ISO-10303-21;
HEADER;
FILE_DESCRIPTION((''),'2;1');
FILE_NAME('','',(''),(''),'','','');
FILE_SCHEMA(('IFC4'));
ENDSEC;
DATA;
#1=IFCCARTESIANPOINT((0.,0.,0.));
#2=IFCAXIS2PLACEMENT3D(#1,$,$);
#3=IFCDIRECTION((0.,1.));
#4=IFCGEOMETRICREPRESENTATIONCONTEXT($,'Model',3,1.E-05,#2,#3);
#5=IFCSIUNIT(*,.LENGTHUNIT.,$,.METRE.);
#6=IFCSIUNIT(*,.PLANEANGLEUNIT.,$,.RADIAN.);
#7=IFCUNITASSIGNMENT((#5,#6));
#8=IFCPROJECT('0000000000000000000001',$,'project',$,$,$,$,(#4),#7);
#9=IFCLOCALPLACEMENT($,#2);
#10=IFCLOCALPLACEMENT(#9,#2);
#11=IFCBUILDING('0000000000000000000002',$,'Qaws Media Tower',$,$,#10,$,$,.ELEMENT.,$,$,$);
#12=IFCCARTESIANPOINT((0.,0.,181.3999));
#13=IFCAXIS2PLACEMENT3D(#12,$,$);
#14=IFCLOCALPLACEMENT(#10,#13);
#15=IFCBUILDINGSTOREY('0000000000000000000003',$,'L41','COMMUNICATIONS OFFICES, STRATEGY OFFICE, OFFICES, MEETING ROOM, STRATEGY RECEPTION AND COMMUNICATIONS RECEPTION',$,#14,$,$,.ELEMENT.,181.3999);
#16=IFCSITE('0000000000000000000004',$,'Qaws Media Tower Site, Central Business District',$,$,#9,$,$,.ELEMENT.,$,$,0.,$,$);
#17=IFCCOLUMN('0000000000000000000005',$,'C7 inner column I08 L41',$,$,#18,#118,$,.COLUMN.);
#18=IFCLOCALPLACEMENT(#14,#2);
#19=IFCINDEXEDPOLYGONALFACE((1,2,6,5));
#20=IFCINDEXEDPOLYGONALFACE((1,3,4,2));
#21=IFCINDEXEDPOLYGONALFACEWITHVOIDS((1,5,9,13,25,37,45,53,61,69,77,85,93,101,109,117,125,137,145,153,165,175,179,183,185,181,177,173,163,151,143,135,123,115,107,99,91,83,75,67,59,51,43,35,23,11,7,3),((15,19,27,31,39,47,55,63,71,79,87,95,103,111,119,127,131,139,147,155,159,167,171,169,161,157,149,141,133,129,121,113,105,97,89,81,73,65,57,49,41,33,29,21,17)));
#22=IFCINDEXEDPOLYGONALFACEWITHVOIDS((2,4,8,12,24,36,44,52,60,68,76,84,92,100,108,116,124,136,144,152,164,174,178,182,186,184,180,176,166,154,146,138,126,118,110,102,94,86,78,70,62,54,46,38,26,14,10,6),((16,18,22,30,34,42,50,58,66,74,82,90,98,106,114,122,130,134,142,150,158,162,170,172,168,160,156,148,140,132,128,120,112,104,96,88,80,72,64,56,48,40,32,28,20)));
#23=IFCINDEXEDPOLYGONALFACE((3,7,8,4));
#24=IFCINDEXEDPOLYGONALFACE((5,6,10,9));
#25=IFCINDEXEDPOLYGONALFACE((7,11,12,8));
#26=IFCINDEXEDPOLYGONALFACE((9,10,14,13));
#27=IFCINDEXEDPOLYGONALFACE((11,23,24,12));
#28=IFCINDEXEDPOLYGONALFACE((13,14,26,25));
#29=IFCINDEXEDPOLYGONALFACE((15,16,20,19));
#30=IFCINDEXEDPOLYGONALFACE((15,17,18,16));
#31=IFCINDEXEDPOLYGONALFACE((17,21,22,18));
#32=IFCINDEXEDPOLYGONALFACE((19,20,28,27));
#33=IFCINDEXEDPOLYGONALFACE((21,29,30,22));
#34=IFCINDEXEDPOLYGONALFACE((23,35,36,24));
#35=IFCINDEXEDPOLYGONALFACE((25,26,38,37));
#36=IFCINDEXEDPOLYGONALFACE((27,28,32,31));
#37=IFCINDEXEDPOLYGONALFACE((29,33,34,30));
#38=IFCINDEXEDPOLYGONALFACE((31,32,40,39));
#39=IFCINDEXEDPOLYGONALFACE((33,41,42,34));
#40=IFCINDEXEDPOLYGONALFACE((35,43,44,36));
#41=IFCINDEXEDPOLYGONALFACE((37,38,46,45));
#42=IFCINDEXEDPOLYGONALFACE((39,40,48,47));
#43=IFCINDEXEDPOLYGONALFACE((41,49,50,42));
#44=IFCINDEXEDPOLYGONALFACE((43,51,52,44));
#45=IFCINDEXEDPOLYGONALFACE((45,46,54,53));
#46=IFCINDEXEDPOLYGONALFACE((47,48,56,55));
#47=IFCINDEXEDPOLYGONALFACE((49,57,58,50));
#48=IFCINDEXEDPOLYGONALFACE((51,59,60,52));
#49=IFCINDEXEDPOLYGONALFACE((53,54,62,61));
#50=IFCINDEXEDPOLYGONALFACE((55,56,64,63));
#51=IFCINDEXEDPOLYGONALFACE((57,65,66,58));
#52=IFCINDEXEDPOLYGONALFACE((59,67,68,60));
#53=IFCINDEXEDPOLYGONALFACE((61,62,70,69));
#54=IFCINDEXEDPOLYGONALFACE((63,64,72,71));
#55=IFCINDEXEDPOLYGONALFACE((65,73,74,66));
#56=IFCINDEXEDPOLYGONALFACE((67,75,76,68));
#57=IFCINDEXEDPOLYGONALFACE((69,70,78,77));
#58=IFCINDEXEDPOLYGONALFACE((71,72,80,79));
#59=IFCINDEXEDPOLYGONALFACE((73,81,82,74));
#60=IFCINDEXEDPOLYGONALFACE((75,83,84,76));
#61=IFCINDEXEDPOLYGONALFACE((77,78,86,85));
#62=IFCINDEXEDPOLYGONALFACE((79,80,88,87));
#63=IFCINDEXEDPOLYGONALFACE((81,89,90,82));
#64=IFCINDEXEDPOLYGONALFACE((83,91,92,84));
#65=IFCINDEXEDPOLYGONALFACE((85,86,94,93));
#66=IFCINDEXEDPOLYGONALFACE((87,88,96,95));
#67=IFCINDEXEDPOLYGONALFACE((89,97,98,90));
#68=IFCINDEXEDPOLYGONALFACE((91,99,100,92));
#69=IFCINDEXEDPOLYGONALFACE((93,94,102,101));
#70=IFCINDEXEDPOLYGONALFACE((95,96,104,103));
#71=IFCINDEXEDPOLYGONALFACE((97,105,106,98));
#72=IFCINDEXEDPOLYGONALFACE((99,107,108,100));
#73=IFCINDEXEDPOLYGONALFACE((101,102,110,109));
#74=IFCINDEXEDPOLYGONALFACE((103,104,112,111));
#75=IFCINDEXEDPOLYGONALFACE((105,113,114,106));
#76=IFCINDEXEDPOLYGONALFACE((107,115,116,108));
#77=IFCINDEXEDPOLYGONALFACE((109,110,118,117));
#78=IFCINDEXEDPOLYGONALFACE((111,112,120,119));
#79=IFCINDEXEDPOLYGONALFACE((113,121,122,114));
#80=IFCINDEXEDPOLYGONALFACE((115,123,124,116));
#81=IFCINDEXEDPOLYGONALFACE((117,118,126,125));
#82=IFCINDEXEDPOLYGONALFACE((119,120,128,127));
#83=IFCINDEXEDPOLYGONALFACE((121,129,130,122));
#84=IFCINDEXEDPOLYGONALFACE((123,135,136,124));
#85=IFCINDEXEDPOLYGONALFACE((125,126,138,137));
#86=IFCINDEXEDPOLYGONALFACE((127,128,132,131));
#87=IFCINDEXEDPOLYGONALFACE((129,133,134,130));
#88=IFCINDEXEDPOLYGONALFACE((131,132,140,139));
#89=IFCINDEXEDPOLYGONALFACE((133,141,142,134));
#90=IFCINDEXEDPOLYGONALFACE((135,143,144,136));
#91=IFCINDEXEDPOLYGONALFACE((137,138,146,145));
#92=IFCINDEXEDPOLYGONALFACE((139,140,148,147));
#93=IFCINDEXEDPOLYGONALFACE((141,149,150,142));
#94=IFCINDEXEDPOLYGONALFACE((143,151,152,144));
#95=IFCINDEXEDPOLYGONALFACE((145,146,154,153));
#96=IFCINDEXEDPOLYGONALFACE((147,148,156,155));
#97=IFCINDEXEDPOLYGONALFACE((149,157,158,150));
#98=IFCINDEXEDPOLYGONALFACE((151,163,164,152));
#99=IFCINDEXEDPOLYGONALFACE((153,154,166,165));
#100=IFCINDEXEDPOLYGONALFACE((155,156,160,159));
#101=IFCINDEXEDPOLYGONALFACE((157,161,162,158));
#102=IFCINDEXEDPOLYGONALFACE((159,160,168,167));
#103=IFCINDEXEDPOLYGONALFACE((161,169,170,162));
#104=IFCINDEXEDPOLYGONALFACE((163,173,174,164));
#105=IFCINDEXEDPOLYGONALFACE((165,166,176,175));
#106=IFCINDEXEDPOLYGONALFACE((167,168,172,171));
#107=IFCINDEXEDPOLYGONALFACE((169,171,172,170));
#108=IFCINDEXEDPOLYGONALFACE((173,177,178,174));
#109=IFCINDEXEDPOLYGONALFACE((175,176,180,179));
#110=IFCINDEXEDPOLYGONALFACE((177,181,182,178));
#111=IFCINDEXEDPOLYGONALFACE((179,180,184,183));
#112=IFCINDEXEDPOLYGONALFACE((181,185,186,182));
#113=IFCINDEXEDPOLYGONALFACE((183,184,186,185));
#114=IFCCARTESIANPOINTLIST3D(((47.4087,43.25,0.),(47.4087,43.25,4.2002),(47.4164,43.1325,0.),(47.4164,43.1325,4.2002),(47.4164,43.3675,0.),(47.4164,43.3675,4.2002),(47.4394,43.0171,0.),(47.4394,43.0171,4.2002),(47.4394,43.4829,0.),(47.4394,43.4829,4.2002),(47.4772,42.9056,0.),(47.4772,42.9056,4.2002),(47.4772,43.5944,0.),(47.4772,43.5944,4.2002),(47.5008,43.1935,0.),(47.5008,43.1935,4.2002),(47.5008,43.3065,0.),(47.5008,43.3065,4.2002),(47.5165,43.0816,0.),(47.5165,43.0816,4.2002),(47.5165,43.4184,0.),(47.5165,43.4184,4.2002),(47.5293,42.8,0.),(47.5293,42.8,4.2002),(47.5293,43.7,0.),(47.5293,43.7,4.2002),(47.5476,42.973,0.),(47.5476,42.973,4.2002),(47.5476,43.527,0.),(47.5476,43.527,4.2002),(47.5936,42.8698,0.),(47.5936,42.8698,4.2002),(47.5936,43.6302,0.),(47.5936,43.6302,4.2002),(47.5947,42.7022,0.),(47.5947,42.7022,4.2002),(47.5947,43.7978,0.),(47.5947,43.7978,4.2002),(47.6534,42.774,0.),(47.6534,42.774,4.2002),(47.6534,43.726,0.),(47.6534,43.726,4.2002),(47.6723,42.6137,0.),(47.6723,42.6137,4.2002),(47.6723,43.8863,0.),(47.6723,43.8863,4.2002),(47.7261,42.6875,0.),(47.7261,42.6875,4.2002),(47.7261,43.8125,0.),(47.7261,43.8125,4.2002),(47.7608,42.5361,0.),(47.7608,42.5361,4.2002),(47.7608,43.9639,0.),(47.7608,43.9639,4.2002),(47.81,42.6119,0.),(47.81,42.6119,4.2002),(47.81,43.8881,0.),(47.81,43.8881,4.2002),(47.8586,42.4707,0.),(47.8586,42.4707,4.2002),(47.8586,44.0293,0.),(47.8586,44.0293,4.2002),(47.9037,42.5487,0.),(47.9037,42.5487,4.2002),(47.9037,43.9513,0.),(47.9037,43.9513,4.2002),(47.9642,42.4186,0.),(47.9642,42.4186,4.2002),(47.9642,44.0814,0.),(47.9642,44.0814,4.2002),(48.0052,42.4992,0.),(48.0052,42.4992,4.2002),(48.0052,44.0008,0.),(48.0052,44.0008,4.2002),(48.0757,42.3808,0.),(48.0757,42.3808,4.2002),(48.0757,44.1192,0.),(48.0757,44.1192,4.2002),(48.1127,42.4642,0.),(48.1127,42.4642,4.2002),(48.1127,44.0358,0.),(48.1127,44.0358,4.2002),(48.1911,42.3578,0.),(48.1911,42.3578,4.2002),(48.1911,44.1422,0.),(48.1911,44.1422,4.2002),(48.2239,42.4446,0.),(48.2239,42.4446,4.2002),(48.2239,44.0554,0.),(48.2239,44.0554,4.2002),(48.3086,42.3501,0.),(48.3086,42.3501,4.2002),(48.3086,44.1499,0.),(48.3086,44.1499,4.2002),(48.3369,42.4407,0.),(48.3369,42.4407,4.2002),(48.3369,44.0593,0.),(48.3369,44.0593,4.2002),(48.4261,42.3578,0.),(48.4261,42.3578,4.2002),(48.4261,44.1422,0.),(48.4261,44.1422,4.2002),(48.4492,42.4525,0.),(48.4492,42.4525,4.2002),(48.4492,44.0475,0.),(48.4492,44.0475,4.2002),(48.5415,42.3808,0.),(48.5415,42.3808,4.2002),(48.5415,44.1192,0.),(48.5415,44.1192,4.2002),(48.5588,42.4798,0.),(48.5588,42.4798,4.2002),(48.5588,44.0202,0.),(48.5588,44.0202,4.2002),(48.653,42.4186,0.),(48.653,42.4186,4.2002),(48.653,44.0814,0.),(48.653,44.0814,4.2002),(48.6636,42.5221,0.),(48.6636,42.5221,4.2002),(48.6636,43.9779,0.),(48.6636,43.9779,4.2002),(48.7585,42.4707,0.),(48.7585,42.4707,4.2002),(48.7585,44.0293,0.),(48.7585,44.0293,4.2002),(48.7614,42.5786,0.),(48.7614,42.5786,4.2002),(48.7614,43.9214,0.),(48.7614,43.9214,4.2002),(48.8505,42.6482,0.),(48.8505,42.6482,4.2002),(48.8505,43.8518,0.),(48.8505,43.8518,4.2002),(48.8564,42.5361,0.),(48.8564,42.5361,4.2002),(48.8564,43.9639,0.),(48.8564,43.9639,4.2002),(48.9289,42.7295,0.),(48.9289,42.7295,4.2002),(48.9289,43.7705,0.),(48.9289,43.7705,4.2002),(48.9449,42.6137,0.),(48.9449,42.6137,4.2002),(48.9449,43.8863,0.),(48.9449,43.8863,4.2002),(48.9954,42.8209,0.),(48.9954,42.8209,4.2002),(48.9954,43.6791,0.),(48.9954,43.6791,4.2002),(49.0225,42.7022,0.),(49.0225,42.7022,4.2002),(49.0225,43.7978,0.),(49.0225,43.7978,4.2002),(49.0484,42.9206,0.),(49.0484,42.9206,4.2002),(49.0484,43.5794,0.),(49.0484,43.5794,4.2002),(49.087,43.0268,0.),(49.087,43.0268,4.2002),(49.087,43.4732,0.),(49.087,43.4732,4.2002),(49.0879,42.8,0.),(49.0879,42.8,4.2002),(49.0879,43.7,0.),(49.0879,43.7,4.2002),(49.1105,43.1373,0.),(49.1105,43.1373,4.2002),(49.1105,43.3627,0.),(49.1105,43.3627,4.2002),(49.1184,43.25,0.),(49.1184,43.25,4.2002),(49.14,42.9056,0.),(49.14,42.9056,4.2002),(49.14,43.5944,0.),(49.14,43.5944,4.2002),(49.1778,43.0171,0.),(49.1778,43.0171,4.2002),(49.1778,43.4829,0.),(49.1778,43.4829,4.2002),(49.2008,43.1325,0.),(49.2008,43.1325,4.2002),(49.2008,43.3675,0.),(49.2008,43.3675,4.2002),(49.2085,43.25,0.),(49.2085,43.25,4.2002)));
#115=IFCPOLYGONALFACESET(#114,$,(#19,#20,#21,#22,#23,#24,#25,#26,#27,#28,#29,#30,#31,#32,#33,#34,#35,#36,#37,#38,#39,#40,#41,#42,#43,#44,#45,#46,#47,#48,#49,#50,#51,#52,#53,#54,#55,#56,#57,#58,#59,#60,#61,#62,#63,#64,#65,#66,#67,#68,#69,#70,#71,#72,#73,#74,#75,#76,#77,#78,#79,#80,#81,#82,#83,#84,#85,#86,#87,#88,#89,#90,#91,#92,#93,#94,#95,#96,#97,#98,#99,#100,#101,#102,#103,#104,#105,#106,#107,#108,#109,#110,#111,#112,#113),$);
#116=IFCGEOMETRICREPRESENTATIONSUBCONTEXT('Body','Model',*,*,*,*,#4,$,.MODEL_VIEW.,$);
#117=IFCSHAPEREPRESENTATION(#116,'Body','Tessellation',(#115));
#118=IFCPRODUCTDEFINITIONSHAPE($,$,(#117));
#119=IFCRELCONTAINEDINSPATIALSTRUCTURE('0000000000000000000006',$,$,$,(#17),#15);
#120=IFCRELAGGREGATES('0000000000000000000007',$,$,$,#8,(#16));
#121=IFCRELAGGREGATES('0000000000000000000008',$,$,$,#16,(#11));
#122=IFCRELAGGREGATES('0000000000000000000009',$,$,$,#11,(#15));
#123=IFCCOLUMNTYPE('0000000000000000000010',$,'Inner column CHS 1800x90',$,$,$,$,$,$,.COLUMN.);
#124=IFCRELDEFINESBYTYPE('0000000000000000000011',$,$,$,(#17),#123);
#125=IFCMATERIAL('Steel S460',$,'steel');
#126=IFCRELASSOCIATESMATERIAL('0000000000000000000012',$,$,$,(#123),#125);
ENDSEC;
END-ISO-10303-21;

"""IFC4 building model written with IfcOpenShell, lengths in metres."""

from ifc_helpers import new_model, si_unit, direction, frame, origin, origin_2d, place, context, subcontext, project, spatial, hollow_circle, extrude, material, material_profile, profile_set, type_object, element, save


model = new_model("IFC4")

# Units and contexts
model_context = context("Model", 3, precision=1e-05, world=origin(), true_north=direction((0.0, 1.0)))
body_context = subcontext(model_context, "Body", "Model", "MODEL_VIEW")
ifc_project = project(units=[si_unit("LENGTHUNIT", "METRE"), si_unit("PLANEANGLEUNIT", "RADIAN")], contexts=[model_context])

# Site, building, storey
site_placement = place(None, origin())
site = spatial("IfcSite", under=ifc_project, at=site_placement, Name="Qaws Media Tower Site, Central Business District", CompositionType="ELEMENT", RefElevation=0.0)
building_placement = place(site_placement, origin())
building = spatial("IfcBuilding", under=site, at=building_placement, Name="Qaws Media Tower", CompositionType="ELEMENT")
storey_placement = place(building_placement, frame((0.0, 0.0, 181.3999)))
storey = spatial("IfcBuildingStorey", under=building, at=storey_placement, Name="L41", Description="COMMUNICATIONS OFFICES, STRATEGY OFFICE, OFFICES, MEETING ROOM, STRATEGY RECEPTION AND COMMUNICATIONS RECEPTION", CompositionType="ELEMENT", Elevation=181.3999)

# Column
ifc_material_1 = material(Name="Steel S460", Category="steel")
ifc_material_profile_1 = material_profile(ifc_material_1, hollow_circle(Radius=0.8999, WallThickness=0.0901, at=origin_2d()), Name="CHS 1800x90")
ifc_profile_set_1 = profile_set([ifc_material_profile_1], Name="Steel S460")
column_type = type_object("IfcColumnType", Name="Inner column CHS 1800x90", PredefinedType="COLUMN", material=ifc_profile_set_1)
for number, where, z_axis, x_axis, name in (
    (1, (48.3086, 43.25, 0.0), (0.0, 0.0, 1.0), (1.0, 0.0, 0.0), "C7 inner column I08 L41"),
):
    element("IfcColumn", number, at=place(storey_placement, frame(where, z_axis=z_axis, x_axis=x_axis)), inside=storey, type_object=column_type, Name=name, PredefinedType="COLUMN", context=body_context, shape_type="SweptSolid", body=[
        extrude(hollow_circle(Radius=0.8999, WallThickness=0.0901, at=origin_2d()), origin(), (0.0, 0.0, 1.0), 4.2002),
    ])

save(model, "model.ifc")
